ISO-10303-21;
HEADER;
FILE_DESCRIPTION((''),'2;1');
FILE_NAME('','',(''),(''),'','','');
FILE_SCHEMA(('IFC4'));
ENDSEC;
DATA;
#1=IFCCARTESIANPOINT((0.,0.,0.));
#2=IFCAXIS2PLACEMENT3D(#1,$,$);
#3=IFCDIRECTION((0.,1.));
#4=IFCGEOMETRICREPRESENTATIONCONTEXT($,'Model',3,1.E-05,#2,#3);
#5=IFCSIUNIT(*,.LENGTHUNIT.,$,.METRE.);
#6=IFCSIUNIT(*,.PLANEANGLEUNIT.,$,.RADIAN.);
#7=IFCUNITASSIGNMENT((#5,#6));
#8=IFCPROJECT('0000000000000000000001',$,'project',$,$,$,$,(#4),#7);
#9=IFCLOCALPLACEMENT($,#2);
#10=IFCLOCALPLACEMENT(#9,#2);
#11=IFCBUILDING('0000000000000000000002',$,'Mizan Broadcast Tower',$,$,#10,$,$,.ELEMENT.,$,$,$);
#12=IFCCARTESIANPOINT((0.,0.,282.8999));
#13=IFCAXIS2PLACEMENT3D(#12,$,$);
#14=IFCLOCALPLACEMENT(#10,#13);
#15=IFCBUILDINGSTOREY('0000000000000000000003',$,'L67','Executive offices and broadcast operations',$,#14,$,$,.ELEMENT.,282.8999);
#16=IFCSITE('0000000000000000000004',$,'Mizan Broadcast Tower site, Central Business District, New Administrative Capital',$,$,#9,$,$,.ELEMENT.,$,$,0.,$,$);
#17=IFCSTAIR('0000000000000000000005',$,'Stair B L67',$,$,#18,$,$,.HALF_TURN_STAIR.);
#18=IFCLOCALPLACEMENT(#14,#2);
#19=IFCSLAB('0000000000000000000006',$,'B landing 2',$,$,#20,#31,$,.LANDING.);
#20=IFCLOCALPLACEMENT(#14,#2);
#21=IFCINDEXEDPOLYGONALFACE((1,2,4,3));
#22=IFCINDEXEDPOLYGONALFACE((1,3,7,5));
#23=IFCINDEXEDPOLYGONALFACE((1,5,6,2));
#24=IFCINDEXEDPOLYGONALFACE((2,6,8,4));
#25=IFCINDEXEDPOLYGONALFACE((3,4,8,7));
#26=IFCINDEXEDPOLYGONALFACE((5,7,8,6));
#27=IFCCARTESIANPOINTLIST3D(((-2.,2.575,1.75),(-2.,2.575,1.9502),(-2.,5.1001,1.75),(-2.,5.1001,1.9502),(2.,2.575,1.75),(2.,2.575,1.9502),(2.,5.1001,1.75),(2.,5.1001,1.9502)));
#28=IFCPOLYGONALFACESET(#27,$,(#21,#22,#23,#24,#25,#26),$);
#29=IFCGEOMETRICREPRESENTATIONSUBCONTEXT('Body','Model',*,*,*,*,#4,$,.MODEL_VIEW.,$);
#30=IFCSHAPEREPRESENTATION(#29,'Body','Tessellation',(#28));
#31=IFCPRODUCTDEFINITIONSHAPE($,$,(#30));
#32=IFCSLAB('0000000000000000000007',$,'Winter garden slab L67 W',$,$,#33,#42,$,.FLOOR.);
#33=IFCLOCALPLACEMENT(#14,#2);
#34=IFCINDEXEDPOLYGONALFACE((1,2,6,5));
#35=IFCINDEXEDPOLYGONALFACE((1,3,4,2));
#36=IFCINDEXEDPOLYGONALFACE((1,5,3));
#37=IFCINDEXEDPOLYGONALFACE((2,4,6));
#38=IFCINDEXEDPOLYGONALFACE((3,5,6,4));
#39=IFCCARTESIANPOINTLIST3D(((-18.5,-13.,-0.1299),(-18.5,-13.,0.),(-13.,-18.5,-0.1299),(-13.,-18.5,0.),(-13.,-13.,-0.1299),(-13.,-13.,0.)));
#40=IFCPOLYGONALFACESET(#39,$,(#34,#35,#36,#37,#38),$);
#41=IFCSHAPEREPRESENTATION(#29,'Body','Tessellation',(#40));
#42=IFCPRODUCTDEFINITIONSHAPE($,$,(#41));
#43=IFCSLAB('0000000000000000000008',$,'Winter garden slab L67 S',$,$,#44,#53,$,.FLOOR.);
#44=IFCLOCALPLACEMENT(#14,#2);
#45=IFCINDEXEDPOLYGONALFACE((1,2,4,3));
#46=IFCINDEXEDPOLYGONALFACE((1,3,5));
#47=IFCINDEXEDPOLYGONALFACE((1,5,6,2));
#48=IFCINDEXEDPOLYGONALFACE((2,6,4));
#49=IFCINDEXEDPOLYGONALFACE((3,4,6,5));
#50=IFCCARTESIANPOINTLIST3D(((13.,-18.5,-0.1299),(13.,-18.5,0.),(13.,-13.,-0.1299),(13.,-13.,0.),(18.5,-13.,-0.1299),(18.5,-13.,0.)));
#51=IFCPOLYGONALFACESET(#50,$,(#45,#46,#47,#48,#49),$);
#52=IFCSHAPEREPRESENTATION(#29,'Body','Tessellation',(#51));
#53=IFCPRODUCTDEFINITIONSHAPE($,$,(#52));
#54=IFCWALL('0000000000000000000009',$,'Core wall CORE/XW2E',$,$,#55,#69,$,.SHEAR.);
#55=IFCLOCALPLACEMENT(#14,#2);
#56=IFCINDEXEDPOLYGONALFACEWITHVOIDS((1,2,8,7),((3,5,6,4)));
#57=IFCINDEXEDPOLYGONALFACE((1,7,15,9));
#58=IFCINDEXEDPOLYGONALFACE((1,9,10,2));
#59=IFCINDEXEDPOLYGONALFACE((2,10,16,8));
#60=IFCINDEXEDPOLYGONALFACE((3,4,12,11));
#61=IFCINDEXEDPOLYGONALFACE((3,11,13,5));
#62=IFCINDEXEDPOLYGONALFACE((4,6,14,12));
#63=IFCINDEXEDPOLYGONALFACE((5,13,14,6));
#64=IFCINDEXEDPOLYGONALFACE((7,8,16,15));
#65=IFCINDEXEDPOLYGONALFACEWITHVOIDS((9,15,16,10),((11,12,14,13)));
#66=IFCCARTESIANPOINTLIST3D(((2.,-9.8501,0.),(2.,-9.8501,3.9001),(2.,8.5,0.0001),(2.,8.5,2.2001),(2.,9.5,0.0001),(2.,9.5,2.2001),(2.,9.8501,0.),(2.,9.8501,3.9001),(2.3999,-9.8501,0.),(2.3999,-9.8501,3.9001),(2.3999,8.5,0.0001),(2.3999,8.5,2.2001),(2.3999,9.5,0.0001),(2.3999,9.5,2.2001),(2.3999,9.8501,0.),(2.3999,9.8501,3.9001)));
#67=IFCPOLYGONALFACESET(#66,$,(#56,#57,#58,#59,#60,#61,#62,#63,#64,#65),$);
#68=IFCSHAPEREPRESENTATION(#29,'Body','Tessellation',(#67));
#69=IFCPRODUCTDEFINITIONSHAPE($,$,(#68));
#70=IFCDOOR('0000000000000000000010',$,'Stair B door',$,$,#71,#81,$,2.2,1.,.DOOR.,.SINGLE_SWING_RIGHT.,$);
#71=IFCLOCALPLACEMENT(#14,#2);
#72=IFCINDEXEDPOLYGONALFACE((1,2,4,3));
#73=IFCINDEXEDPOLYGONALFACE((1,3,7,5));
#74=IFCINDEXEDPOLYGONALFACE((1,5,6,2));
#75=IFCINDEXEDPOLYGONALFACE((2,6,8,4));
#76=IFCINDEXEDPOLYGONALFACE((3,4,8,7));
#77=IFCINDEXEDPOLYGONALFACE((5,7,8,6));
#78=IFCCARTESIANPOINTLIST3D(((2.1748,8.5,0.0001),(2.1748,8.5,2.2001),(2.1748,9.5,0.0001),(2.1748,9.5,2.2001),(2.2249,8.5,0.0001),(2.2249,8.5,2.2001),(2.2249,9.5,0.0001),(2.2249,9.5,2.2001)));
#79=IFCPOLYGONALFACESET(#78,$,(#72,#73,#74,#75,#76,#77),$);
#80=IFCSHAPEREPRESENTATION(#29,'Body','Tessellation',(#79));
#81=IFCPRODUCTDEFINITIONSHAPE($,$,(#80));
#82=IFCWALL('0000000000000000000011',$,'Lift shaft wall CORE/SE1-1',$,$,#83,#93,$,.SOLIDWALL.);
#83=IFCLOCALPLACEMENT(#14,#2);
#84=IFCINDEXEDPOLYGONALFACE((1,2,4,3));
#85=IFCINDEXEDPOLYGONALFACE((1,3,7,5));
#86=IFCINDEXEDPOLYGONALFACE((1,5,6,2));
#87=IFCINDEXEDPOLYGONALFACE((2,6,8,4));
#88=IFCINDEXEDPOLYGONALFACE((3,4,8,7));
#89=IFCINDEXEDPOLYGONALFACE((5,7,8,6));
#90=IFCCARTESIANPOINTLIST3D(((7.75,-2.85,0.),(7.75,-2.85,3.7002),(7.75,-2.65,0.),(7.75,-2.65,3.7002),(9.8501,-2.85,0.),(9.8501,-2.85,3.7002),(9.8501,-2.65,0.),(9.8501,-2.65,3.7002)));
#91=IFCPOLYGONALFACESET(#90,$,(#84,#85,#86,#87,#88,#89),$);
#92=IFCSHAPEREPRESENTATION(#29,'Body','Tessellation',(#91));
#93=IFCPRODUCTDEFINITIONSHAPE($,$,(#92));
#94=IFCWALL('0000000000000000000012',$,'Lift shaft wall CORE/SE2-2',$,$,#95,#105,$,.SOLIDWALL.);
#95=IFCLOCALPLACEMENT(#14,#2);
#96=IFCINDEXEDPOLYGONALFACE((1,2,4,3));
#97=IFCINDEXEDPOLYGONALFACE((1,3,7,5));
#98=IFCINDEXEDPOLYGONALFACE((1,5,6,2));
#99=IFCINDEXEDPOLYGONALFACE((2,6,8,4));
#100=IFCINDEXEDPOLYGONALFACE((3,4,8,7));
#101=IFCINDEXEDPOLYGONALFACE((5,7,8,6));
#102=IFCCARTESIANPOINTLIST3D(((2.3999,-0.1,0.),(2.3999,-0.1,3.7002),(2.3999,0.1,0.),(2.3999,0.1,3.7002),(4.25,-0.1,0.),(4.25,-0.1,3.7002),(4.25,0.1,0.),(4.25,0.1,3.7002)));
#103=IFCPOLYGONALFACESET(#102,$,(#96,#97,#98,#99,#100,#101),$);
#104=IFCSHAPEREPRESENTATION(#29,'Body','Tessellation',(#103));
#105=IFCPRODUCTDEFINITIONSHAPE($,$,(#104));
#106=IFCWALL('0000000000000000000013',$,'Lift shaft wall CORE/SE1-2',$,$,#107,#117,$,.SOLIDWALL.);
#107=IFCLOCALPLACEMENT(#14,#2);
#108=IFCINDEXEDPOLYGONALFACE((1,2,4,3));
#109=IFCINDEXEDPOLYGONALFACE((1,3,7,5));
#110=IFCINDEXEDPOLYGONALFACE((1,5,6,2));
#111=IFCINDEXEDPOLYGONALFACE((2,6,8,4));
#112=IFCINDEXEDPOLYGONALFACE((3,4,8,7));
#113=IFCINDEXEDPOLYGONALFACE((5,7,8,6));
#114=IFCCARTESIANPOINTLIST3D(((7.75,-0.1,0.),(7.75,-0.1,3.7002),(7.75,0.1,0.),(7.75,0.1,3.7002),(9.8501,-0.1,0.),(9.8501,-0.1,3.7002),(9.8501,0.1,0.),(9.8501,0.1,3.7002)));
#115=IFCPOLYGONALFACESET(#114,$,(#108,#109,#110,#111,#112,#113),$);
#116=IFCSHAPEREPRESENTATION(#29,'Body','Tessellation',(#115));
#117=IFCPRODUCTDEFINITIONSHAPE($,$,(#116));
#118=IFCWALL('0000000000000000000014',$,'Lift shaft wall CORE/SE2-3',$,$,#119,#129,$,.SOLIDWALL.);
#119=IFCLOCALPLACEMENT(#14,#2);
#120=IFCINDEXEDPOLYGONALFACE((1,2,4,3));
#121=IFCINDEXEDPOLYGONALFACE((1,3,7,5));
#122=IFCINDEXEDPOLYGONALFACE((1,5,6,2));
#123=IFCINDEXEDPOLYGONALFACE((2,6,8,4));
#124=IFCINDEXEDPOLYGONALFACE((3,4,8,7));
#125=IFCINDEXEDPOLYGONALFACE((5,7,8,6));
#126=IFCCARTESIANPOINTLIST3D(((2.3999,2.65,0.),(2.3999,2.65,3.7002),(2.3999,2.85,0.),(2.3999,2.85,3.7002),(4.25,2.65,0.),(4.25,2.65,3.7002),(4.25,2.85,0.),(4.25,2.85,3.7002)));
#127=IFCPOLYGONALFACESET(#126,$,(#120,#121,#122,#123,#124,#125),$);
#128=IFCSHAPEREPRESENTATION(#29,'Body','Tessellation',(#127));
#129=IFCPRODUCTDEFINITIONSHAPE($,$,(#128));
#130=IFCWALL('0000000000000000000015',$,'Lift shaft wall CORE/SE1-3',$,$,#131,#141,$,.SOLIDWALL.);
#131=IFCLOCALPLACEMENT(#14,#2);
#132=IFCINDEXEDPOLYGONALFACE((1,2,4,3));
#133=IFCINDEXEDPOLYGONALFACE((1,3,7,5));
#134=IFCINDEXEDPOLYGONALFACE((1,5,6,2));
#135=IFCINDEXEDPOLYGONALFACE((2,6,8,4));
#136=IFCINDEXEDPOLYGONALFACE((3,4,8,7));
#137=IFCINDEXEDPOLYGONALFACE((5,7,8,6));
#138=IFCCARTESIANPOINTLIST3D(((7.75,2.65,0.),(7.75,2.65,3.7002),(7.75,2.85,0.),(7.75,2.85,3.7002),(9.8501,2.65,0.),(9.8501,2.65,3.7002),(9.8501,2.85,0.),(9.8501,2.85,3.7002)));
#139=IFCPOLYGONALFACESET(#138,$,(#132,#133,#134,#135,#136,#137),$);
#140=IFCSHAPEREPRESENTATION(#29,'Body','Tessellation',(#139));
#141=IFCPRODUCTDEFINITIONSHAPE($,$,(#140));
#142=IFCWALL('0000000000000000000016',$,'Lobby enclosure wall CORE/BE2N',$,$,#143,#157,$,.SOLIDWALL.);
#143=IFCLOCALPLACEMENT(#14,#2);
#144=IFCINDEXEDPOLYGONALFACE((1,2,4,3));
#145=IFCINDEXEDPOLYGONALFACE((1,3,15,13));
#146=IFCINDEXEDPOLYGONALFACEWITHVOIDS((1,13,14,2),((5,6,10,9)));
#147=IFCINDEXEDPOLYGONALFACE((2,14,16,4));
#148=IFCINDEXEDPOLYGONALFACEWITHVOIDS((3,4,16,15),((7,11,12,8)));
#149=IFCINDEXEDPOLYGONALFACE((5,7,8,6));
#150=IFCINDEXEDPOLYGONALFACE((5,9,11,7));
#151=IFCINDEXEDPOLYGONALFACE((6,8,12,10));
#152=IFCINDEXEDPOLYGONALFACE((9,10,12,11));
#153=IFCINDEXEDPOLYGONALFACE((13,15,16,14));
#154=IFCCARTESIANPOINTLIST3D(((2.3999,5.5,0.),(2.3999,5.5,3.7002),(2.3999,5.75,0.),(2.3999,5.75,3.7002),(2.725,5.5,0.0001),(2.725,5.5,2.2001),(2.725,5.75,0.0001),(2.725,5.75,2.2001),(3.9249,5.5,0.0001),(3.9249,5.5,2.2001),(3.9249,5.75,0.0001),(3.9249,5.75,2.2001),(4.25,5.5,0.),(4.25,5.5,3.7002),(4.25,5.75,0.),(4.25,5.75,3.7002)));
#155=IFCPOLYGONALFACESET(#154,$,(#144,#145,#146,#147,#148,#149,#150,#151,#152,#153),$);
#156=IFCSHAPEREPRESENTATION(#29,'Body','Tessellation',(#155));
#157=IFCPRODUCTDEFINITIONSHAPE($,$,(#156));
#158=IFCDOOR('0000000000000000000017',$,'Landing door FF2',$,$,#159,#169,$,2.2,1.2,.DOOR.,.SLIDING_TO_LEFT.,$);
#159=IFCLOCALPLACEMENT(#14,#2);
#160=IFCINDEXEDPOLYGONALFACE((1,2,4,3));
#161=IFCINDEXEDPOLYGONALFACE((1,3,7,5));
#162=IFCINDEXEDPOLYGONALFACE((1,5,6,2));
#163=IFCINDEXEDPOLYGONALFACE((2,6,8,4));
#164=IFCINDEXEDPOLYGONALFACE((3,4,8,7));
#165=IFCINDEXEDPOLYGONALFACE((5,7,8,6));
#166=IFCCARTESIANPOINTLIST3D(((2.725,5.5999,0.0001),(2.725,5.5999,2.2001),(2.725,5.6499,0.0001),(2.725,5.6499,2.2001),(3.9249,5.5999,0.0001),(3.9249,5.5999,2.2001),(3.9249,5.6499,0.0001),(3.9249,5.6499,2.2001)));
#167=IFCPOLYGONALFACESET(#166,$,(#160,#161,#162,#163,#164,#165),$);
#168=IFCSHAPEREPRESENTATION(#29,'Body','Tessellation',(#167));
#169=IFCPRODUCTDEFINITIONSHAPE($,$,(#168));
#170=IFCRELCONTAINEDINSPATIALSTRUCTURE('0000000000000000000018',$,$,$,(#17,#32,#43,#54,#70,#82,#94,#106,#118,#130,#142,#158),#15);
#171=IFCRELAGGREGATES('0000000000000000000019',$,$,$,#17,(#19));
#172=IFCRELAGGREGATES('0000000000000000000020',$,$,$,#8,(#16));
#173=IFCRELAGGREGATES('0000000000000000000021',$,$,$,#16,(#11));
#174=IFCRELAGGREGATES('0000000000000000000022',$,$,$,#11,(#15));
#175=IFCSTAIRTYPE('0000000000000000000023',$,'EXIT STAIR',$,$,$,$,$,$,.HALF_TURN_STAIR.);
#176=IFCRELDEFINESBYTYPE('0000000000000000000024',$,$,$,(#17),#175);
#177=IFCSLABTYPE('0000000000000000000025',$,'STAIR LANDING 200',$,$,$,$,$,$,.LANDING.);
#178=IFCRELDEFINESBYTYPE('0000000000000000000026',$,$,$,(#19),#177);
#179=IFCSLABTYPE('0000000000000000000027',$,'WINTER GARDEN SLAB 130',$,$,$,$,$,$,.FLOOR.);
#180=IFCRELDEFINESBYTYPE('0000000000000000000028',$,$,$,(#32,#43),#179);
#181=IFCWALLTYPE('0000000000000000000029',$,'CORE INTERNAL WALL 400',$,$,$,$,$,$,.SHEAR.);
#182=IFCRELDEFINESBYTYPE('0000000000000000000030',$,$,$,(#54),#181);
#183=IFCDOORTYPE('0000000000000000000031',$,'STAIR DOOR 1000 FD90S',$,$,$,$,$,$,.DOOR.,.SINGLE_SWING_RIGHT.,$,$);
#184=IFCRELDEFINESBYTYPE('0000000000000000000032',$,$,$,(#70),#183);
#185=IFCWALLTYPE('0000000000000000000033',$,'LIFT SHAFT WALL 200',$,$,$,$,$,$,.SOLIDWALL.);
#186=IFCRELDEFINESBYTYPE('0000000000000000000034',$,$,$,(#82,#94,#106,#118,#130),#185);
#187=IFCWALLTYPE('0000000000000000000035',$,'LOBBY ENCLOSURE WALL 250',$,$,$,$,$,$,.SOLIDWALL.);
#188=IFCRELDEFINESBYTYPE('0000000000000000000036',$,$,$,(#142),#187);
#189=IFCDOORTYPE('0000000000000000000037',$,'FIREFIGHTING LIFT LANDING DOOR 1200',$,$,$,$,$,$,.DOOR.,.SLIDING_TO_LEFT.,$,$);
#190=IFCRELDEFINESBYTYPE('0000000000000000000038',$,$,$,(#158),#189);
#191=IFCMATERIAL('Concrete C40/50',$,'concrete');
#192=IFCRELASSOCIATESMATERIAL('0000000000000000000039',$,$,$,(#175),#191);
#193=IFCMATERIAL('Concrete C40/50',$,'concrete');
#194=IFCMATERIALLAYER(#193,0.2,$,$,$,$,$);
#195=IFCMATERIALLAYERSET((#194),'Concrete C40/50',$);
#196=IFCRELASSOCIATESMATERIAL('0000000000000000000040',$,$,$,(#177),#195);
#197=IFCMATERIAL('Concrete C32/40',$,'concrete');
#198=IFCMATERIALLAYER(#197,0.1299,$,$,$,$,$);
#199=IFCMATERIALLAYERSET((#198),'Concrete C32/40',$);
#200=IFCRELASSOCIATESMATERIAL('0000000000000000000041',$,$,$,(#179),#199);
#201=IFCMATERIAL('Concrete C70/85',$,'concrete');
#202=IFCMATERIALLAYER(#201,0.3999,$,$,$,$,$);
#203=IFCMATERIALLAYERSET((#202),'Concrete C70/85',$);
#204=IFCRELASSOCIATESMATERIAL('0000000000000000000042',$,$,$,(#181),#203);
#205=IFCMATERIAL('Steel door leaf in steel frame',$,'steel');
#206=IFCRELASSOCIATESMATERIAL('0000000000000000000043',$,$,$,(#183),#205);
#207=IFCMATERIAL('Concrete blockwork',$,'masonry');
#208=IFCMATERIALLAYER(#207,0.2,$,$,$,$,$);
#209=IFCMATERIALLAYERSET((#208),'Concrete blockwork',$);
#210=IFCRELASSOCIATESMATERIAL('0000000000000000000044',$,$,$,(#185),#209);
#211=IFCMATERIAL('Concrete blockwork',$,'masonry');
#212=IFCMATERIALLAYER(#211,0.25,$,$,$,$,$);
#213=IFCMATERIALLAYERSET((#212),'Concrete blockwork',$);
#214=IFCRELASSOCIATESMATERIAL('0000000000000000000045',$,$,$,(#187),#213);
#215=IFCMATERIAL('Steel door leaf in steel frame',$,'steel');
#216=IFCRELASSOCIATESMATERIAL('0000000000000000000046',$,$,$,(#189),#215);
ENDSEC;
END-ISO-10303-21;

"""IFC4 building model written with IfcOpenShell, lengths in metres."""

from ifc_helpers import new_model, si_unit, direction, frame, frame_2d, origin, place, context, subcontext, project, spatial, polyline, rectangle, outline, extrude, material, layer, layer_set, type_object, element, fill, aggregate, save


model = new_model("IFC4")

# Units and contexts
model_context = context("Model", 3, precision=1e-05, world=origin(), true_north=direction((0.0, 1.0)))
body_context = subcontext(model_context, "Body", "Model", "MODEL_VIEW")
ifc_project = project(units=[si_unit("LENGTHUNIT", "METRE"), si_unit("PLANEANGLEUNIT", "RADIAN")], contexts=[model_context])

# Site, building, storey
site_placement = place(None, origin())
site = spatial("IfcSite", under=ifc_project, at=site_placement, Name="Mizan Broadcast Tower site, Central Business District, New Administrative Capital", CompositionType="ELEMENT", RefElevation=0.0)
building_placement = place(site_placement, origin())
building = spatial("IfcBuilding", under=site, at=building_placement, Name="Mizan Broadcast Tower", CompositionType="ELEMENT")
storey_placement = place(building_placement, frame((0.0, 0.0, 282.8999)))
storey = spatial("IfcBuildingStorey", under=building, at=storey_placement, Name="L67", Description="Executive offices and broadcast operations", CompositionType="ELEMENT", Elevation=282.8999)

# Stair, slab
ifc_material_1 = material(Name="Concrete C40/50", Category="concrete")
stair_type = type_object("IfcStairType", Name="EXIT STAIR", PredefinedType="HALF_TURN_STAIR", material=ifc_material_1)
ifc_material_2 = material(Name="Concrete C40/50", Category="concrete")
ifc_layer_1 = layer(ifc_material_2, 0.2)
ifc_layer_set_1 = layer_set([ifc_layer_1], Name="Concrete C40/50")
slab_type_1 = type_object("IfcSlabType", Name="STAIR LANDING 200", PredefinedType="LANDING", material=ifc_layer_set_1)
stair_1_placement = place(storey_placement, origin())
stair_1 = element("IfcStair", 1, at=stair_1_placement, inside=storey, type_object=stair_type, Name="Stair B L67", PredefinedType="HALF_TURN_STAIR")
slab_1_placement = place(storey_placement, frame((0.0, 0.0, 1.75)))
slab_1 = element("IfcSlab", 2, at=slab_1_placement, type_object=slab_type_1, Name="B landing 2", PredefinedType="LANDING", context=body_context, shape_type="SweptSolid", body=[
    extrude(outline(polyline([(2.0, 5.1001), (2.0, 2.575), (-2.0, 2.575), (-2.0, 5.1001), (2.0, 5.1001)])), origin(), (0.0, 0.0, 1.0), 0.2002),
])

# Slabs
ifc_material_3 = material(Name="Concrete C32/40", Category="concrete")
ifc_layer_2 = layer(ifc_material_3, 0.1299)
ifc_layer_set_2 = layer_set([ifc_layer_2], Name="Concrete C32/40")
slab_type_2 = type_object("IfcSlabType", Name="WINTER GARDEN SLAB 130", PredefinedType="FLOOR", material=ifc_layer_set_2)
slab_2_placement = place(storey_placement, frame((0.0, 0.0, -0.1299)))
element("IfcSlab", 3, at=slab_2_placement, inside=storey, type_object=slab_type_2, Name="Winter garden slab L67 W", PredefinedType="FLOOR", context=body_context, shape_type="SweptSolid", body=[
    extrude(outline(polyline([(-13.0, -13.0), (-18.5, -13.0), (-13.0, -18.5), (-13.0, -13.0)])), origin(), (0.0, 0.0, 1.0), 0.1299),
])
slab_3_placement = place(storey_placement, frame((0.0, 0.0, -0.1299)))
element("IfcSlab", 4, at=slab_3_placement, inside=storey, type_object=slab_type_2, Name="Winter garden slab L67 S", PredefinedType="FLOOR", context=body_context, shape_type="SweptSolid", body=[
    extrude(outline(polyline([(13.0, -13.0), (13.0, -18.5), (18.5, -13.0), (13.0, -13.0)])), origin(), (0.0, 0.0, 1.0), 0.1299),
])

# Wall, opening, door
ifc_material_4 = material(Name="Concrete C70/85", Category="concrete")
ifc_layer_3 = layer(ifc_material_4, 0.3999)
ifc_layer_set_3 = layer_set([ifc_layer_3], Name="Concrete C70/85")
wall_type_1 = type_object("IfcWallType", Name="CORE INTERNAL WALL 400", PredefinedType="SHEAR", material=ifc_layer_set_3)
wall_1_placement = place(storey_placement, frame((2.2, 9.8501, 0.0), z_axis=(0.0, 0.0, 1.0), x_axis=(0.0, -1.0, 0.0)))
wall_1 = element("IfcWall", 5, at=wall_1_placement, inside=storey, type_object=wall_type_1, Name="Core wall CORE/XW2E", PredefinedType="SHEAR", context=body_context, shape_type="SweptSolid", body=[
    extrude(rectangle(XDim=19.7002, YDim=0.3999, at=frame_2d((9.8501, 0.0))), origin(), (0.0, 0.0, 1.0), 3.9001),
])
opening_1_placement = place(wall_1_placement, frame((0.3501, 0.0, 0.0)))
opening_1 = element("IfcOpeningElement", 6, at=opening_1_placement, cuts=wall_1, PredefinedType="OPENING", context=body_context, shape_type="SweptSolid", body=[
    extrude(rectangle(XDim=1.0, YDim=2.2, at=frame_2d((0.5, 1.1001))), frame((0.0, 0.21, 0.0), z_axis=(0.0, -1.0, 0.0), x_axis=(1.0, 0.0, 0.0)), (0.0, 0.0, 1.0), 0.4199),
])
ifc_material_5 = material(Name="Steel door leaf in steel frame", Category="steel")
door_type_1 = type_object("IfcDoorType", Name="STAIR DOOR 1000 FD90S", OperationType="SINGLE_SWING_RIGHT", PredefinedType="DOOR", material=ifc_material_5)
door_1_placement = place(opening_1_placement, origin())
door_1 = element("IfcDoor", 7, at=door_1_placement, inside=storey, type_object=door_type_1, Name="Stair B door", OperationType="SINGLE_SWING_RIGHT", OverallHeight=2.2, OverallWidth=1.0, PredefinedType="DOOR", context=body_context, shape_type="SweptSolid", body=[
    extrude(rectangle(XDim=1.0, YDim=2.2, at=frame_2d((0.5, 1.1001))), frame((0.0, 0.0249, 0.0), z_axis=(0.0, -1.0, 0.0), x_axis=(1.0, 0.0, 0.0)), (0.0, 0.0, 1.0), 0.05),
])
fill(opening_1, door_1)

# Walls
ifc_material_6 = material(Name="Concrete blockwork", Category="masonry")
ifc_layer_4 = layer(ifc_material_6, 0.2)
ifc_layer_set_4 = layer_set([ifc_layer_4], Name="Concrete blockwork")
wall_type_2 = type_object("IfcWallType", Name="LIFT SHAFT WALL 200", PredefinedType="SOLIDWALL", material=ifc_layer_set_4)
wall_2_placement = place(storey_placement, frame((7.75, -2.75, 0.0), z_axis=(0.0, 0.0, 1.0), x_axis=(1.0, 0.0, 0.0)))
element("IfcWall", 8, at=wall_2_placement, inside=storey, type_object=wall_type_2, Name="Lift shaft wall CORE/SE1-1", PredefinedType="SOLIDWALL", context=body_context, shape_type="SweptSolid", body=[
    extrude(rectangle(XDim=2.1001, YDim=0.2, at=frame_2d((1.05, 0.0))), origin(), (0.0, 0.0, 1.0), 3.7002),
])
wall_3_placement = place(storey_placement, frame((2.3999, 0.0, 0.0), z_axis=(0.0, 0.0, 1.0), x_axis=(1.0, 0.0, 0.0)))
element("IfcWall", 9, at=wall_3_placement, inside=storey, type_object=wall_type_2, Name="Lift shaft wall CORE/SE2-2", PredefinedType="SOLIDWALL", context=body_context, shape_type="SweptSolid", body=[
    extrude(rectangle(XDim=1.8501, YDim=0.2, at=frame_2d((0.925, 0.0))), origin(), (0.0, 0.0, 1.0), 3.7002),
])
wall_4_placement = place(storey_placement, frame((7.75, 0.0, 0.0), z_axis=(0.0, 0.0, 1.0), x_axis=(1.0, 0.0, 0.0)))
element("IfcWall", 10, at=wall_4_placement, inside=storey, type_object=wall_type_2, Name="Lift shaft wall CORE/SE1-2", PredefinedType="SOLIDWALL", context=body_context, shape_type="SweptSolid", body=[
    extrude(rectangle(XDim=2.1001, YDim=0.2, at=frame_2d((1.05, 0.0))), origin(), (0.0, 0.0, 1.0), 3.7002),
])
wall_5_placement = place(storey_placement, frame((2.3999, 2.75, 0.0), z_axis=(0.0, 0.0, 1.0), x_axis=(1.0, 0.0, 0.0)))
element("IfcWall", 11, at=wall_5_placement, inside=storey, type_object=wall_type_2, Name="Lift shaft wall CORE/SE2-3", PredefinedType="SOLIDWALL", context=body_context, shape_type="SweptSolid", body=[
    extrude(rectangle(XDim=1.8501, YDim=0.2, at=frame_2d((0.925, 0.0))), origin(), (0.0, 0.0, 1.0), 3.7002),
])
wall_6_placement = place(storey_placement, frame((7.75, 2.75, 0.0), z_axis=(0.0, 0.0, 1.0), x_axis=(1.0, 0.0, 0.0)))
element("IfcWall", 12, at=wall_6_placement, inside=storey, type_object=wall_type_2, Name="Lift shaft wall CORE/SE1-3", PredefinedType="SOLIDWALL", context=body_context, shape_type="SweptSolid", body=[
    extrude(rectangle(XDim=2.1001, YDim=0.2, at=frame_2d((1.05, 0.0))), origin(), (0.0, 0.0, 1.0), 3.7002),
])

# Wall, opening, door
ifc_material_7 = material(Name="Concrete blockwork", Category="masonry")
ifc_layer_5 = layer(ifc_material_7, 0.25)
ifc_layer_set_5 = layer_set([ifc_layer_5], Name="Concrete blockwork")
wall_type_3 = type_object("IfcWallType", Name="LOBBY ENCLOSURE WALL 250", PredefinedType="SOLIDWALL", material=ifc_layer_set_5)
wall_7_placement = place(storey_placement, frame((2.3999, 5.625, 0.0), z_axis=(0.0, 0.0, 1.0), x_axis=(1.0, 0.0, 0.0)))
wall_7 = element("IfcWall", 13, at=wall_7_placement, inside=storey, type_object=wall_type_3, Name="Lobby enclosure wall CORE/BE2N", PredefinedType="SOLIDWALL", context=body_context, shape_type="SweptSolid", body=[
    extrude(rectangle(XDim=1.8501, YDim=0.25, at=frame_2d((0.925, 0.0))), origin(), (0.0, 0.0, 1.0), 3.7002),
])
opening_2_placement = place(wall_7_placement, frame((0.325, 0.0, 0.0)))
opening_2 = element("IfcOpeningElement", 14, at=opening_2_placement, cuts=wall_7, PredefinedType="OPENING", context=body_context, shape_type="SweptSolid", body=[
    extrude(rectangle(XDim=1.2, YDim=2.2, at=frame_2d((0.6001, 1.1001))), frame((0.0, 0.135, 0.0), z_axis=(0.0, -1.0, 0.0), x_axis=(1.0, 0.0, 0.0)), (0.0, 0.0, 1.0), 0.27),
])
ifc_material_8 = material(Name="Steel door leaf in steel frame", Category="steel")
door_type_2 = type_object("IfcDoorType", Name="FIREFIGHTING LIFT LANDING DOOR 1200", OperationType="SLIDING_TO_LEFT", PredefinedType="DOOR", material=ifc_material_8)
door_2_placement = place(opening_2_placement, origin())
door_2 = element("IfcDoor", 15, at=door_2_placement, inside=storey, type_object=door_type_2, Name="Landing door FF2", OperationType="SLIDING_TO_LEFT", OverallHeight=2.2, OverallWidth=1.2, PredefinedType="DOOR", context=body_context, shape_type="SweptSolid", body=[
    extrude(rectangle(XDim=1.2, YDim=2.2, at=frame_2d((0.6001, 1.1001))), frame((0.0, 0.0249, 0.0), z_axis=(0.0, -1.0, 0.0), x_axis=(1.0, 0.0, 0.0)), (0.0, 0.0, 1.0), 0.05),
])
fill(opening_2, door_2)

aggregate(stair_1, [slab_1])

save(model, "model.ifc")
